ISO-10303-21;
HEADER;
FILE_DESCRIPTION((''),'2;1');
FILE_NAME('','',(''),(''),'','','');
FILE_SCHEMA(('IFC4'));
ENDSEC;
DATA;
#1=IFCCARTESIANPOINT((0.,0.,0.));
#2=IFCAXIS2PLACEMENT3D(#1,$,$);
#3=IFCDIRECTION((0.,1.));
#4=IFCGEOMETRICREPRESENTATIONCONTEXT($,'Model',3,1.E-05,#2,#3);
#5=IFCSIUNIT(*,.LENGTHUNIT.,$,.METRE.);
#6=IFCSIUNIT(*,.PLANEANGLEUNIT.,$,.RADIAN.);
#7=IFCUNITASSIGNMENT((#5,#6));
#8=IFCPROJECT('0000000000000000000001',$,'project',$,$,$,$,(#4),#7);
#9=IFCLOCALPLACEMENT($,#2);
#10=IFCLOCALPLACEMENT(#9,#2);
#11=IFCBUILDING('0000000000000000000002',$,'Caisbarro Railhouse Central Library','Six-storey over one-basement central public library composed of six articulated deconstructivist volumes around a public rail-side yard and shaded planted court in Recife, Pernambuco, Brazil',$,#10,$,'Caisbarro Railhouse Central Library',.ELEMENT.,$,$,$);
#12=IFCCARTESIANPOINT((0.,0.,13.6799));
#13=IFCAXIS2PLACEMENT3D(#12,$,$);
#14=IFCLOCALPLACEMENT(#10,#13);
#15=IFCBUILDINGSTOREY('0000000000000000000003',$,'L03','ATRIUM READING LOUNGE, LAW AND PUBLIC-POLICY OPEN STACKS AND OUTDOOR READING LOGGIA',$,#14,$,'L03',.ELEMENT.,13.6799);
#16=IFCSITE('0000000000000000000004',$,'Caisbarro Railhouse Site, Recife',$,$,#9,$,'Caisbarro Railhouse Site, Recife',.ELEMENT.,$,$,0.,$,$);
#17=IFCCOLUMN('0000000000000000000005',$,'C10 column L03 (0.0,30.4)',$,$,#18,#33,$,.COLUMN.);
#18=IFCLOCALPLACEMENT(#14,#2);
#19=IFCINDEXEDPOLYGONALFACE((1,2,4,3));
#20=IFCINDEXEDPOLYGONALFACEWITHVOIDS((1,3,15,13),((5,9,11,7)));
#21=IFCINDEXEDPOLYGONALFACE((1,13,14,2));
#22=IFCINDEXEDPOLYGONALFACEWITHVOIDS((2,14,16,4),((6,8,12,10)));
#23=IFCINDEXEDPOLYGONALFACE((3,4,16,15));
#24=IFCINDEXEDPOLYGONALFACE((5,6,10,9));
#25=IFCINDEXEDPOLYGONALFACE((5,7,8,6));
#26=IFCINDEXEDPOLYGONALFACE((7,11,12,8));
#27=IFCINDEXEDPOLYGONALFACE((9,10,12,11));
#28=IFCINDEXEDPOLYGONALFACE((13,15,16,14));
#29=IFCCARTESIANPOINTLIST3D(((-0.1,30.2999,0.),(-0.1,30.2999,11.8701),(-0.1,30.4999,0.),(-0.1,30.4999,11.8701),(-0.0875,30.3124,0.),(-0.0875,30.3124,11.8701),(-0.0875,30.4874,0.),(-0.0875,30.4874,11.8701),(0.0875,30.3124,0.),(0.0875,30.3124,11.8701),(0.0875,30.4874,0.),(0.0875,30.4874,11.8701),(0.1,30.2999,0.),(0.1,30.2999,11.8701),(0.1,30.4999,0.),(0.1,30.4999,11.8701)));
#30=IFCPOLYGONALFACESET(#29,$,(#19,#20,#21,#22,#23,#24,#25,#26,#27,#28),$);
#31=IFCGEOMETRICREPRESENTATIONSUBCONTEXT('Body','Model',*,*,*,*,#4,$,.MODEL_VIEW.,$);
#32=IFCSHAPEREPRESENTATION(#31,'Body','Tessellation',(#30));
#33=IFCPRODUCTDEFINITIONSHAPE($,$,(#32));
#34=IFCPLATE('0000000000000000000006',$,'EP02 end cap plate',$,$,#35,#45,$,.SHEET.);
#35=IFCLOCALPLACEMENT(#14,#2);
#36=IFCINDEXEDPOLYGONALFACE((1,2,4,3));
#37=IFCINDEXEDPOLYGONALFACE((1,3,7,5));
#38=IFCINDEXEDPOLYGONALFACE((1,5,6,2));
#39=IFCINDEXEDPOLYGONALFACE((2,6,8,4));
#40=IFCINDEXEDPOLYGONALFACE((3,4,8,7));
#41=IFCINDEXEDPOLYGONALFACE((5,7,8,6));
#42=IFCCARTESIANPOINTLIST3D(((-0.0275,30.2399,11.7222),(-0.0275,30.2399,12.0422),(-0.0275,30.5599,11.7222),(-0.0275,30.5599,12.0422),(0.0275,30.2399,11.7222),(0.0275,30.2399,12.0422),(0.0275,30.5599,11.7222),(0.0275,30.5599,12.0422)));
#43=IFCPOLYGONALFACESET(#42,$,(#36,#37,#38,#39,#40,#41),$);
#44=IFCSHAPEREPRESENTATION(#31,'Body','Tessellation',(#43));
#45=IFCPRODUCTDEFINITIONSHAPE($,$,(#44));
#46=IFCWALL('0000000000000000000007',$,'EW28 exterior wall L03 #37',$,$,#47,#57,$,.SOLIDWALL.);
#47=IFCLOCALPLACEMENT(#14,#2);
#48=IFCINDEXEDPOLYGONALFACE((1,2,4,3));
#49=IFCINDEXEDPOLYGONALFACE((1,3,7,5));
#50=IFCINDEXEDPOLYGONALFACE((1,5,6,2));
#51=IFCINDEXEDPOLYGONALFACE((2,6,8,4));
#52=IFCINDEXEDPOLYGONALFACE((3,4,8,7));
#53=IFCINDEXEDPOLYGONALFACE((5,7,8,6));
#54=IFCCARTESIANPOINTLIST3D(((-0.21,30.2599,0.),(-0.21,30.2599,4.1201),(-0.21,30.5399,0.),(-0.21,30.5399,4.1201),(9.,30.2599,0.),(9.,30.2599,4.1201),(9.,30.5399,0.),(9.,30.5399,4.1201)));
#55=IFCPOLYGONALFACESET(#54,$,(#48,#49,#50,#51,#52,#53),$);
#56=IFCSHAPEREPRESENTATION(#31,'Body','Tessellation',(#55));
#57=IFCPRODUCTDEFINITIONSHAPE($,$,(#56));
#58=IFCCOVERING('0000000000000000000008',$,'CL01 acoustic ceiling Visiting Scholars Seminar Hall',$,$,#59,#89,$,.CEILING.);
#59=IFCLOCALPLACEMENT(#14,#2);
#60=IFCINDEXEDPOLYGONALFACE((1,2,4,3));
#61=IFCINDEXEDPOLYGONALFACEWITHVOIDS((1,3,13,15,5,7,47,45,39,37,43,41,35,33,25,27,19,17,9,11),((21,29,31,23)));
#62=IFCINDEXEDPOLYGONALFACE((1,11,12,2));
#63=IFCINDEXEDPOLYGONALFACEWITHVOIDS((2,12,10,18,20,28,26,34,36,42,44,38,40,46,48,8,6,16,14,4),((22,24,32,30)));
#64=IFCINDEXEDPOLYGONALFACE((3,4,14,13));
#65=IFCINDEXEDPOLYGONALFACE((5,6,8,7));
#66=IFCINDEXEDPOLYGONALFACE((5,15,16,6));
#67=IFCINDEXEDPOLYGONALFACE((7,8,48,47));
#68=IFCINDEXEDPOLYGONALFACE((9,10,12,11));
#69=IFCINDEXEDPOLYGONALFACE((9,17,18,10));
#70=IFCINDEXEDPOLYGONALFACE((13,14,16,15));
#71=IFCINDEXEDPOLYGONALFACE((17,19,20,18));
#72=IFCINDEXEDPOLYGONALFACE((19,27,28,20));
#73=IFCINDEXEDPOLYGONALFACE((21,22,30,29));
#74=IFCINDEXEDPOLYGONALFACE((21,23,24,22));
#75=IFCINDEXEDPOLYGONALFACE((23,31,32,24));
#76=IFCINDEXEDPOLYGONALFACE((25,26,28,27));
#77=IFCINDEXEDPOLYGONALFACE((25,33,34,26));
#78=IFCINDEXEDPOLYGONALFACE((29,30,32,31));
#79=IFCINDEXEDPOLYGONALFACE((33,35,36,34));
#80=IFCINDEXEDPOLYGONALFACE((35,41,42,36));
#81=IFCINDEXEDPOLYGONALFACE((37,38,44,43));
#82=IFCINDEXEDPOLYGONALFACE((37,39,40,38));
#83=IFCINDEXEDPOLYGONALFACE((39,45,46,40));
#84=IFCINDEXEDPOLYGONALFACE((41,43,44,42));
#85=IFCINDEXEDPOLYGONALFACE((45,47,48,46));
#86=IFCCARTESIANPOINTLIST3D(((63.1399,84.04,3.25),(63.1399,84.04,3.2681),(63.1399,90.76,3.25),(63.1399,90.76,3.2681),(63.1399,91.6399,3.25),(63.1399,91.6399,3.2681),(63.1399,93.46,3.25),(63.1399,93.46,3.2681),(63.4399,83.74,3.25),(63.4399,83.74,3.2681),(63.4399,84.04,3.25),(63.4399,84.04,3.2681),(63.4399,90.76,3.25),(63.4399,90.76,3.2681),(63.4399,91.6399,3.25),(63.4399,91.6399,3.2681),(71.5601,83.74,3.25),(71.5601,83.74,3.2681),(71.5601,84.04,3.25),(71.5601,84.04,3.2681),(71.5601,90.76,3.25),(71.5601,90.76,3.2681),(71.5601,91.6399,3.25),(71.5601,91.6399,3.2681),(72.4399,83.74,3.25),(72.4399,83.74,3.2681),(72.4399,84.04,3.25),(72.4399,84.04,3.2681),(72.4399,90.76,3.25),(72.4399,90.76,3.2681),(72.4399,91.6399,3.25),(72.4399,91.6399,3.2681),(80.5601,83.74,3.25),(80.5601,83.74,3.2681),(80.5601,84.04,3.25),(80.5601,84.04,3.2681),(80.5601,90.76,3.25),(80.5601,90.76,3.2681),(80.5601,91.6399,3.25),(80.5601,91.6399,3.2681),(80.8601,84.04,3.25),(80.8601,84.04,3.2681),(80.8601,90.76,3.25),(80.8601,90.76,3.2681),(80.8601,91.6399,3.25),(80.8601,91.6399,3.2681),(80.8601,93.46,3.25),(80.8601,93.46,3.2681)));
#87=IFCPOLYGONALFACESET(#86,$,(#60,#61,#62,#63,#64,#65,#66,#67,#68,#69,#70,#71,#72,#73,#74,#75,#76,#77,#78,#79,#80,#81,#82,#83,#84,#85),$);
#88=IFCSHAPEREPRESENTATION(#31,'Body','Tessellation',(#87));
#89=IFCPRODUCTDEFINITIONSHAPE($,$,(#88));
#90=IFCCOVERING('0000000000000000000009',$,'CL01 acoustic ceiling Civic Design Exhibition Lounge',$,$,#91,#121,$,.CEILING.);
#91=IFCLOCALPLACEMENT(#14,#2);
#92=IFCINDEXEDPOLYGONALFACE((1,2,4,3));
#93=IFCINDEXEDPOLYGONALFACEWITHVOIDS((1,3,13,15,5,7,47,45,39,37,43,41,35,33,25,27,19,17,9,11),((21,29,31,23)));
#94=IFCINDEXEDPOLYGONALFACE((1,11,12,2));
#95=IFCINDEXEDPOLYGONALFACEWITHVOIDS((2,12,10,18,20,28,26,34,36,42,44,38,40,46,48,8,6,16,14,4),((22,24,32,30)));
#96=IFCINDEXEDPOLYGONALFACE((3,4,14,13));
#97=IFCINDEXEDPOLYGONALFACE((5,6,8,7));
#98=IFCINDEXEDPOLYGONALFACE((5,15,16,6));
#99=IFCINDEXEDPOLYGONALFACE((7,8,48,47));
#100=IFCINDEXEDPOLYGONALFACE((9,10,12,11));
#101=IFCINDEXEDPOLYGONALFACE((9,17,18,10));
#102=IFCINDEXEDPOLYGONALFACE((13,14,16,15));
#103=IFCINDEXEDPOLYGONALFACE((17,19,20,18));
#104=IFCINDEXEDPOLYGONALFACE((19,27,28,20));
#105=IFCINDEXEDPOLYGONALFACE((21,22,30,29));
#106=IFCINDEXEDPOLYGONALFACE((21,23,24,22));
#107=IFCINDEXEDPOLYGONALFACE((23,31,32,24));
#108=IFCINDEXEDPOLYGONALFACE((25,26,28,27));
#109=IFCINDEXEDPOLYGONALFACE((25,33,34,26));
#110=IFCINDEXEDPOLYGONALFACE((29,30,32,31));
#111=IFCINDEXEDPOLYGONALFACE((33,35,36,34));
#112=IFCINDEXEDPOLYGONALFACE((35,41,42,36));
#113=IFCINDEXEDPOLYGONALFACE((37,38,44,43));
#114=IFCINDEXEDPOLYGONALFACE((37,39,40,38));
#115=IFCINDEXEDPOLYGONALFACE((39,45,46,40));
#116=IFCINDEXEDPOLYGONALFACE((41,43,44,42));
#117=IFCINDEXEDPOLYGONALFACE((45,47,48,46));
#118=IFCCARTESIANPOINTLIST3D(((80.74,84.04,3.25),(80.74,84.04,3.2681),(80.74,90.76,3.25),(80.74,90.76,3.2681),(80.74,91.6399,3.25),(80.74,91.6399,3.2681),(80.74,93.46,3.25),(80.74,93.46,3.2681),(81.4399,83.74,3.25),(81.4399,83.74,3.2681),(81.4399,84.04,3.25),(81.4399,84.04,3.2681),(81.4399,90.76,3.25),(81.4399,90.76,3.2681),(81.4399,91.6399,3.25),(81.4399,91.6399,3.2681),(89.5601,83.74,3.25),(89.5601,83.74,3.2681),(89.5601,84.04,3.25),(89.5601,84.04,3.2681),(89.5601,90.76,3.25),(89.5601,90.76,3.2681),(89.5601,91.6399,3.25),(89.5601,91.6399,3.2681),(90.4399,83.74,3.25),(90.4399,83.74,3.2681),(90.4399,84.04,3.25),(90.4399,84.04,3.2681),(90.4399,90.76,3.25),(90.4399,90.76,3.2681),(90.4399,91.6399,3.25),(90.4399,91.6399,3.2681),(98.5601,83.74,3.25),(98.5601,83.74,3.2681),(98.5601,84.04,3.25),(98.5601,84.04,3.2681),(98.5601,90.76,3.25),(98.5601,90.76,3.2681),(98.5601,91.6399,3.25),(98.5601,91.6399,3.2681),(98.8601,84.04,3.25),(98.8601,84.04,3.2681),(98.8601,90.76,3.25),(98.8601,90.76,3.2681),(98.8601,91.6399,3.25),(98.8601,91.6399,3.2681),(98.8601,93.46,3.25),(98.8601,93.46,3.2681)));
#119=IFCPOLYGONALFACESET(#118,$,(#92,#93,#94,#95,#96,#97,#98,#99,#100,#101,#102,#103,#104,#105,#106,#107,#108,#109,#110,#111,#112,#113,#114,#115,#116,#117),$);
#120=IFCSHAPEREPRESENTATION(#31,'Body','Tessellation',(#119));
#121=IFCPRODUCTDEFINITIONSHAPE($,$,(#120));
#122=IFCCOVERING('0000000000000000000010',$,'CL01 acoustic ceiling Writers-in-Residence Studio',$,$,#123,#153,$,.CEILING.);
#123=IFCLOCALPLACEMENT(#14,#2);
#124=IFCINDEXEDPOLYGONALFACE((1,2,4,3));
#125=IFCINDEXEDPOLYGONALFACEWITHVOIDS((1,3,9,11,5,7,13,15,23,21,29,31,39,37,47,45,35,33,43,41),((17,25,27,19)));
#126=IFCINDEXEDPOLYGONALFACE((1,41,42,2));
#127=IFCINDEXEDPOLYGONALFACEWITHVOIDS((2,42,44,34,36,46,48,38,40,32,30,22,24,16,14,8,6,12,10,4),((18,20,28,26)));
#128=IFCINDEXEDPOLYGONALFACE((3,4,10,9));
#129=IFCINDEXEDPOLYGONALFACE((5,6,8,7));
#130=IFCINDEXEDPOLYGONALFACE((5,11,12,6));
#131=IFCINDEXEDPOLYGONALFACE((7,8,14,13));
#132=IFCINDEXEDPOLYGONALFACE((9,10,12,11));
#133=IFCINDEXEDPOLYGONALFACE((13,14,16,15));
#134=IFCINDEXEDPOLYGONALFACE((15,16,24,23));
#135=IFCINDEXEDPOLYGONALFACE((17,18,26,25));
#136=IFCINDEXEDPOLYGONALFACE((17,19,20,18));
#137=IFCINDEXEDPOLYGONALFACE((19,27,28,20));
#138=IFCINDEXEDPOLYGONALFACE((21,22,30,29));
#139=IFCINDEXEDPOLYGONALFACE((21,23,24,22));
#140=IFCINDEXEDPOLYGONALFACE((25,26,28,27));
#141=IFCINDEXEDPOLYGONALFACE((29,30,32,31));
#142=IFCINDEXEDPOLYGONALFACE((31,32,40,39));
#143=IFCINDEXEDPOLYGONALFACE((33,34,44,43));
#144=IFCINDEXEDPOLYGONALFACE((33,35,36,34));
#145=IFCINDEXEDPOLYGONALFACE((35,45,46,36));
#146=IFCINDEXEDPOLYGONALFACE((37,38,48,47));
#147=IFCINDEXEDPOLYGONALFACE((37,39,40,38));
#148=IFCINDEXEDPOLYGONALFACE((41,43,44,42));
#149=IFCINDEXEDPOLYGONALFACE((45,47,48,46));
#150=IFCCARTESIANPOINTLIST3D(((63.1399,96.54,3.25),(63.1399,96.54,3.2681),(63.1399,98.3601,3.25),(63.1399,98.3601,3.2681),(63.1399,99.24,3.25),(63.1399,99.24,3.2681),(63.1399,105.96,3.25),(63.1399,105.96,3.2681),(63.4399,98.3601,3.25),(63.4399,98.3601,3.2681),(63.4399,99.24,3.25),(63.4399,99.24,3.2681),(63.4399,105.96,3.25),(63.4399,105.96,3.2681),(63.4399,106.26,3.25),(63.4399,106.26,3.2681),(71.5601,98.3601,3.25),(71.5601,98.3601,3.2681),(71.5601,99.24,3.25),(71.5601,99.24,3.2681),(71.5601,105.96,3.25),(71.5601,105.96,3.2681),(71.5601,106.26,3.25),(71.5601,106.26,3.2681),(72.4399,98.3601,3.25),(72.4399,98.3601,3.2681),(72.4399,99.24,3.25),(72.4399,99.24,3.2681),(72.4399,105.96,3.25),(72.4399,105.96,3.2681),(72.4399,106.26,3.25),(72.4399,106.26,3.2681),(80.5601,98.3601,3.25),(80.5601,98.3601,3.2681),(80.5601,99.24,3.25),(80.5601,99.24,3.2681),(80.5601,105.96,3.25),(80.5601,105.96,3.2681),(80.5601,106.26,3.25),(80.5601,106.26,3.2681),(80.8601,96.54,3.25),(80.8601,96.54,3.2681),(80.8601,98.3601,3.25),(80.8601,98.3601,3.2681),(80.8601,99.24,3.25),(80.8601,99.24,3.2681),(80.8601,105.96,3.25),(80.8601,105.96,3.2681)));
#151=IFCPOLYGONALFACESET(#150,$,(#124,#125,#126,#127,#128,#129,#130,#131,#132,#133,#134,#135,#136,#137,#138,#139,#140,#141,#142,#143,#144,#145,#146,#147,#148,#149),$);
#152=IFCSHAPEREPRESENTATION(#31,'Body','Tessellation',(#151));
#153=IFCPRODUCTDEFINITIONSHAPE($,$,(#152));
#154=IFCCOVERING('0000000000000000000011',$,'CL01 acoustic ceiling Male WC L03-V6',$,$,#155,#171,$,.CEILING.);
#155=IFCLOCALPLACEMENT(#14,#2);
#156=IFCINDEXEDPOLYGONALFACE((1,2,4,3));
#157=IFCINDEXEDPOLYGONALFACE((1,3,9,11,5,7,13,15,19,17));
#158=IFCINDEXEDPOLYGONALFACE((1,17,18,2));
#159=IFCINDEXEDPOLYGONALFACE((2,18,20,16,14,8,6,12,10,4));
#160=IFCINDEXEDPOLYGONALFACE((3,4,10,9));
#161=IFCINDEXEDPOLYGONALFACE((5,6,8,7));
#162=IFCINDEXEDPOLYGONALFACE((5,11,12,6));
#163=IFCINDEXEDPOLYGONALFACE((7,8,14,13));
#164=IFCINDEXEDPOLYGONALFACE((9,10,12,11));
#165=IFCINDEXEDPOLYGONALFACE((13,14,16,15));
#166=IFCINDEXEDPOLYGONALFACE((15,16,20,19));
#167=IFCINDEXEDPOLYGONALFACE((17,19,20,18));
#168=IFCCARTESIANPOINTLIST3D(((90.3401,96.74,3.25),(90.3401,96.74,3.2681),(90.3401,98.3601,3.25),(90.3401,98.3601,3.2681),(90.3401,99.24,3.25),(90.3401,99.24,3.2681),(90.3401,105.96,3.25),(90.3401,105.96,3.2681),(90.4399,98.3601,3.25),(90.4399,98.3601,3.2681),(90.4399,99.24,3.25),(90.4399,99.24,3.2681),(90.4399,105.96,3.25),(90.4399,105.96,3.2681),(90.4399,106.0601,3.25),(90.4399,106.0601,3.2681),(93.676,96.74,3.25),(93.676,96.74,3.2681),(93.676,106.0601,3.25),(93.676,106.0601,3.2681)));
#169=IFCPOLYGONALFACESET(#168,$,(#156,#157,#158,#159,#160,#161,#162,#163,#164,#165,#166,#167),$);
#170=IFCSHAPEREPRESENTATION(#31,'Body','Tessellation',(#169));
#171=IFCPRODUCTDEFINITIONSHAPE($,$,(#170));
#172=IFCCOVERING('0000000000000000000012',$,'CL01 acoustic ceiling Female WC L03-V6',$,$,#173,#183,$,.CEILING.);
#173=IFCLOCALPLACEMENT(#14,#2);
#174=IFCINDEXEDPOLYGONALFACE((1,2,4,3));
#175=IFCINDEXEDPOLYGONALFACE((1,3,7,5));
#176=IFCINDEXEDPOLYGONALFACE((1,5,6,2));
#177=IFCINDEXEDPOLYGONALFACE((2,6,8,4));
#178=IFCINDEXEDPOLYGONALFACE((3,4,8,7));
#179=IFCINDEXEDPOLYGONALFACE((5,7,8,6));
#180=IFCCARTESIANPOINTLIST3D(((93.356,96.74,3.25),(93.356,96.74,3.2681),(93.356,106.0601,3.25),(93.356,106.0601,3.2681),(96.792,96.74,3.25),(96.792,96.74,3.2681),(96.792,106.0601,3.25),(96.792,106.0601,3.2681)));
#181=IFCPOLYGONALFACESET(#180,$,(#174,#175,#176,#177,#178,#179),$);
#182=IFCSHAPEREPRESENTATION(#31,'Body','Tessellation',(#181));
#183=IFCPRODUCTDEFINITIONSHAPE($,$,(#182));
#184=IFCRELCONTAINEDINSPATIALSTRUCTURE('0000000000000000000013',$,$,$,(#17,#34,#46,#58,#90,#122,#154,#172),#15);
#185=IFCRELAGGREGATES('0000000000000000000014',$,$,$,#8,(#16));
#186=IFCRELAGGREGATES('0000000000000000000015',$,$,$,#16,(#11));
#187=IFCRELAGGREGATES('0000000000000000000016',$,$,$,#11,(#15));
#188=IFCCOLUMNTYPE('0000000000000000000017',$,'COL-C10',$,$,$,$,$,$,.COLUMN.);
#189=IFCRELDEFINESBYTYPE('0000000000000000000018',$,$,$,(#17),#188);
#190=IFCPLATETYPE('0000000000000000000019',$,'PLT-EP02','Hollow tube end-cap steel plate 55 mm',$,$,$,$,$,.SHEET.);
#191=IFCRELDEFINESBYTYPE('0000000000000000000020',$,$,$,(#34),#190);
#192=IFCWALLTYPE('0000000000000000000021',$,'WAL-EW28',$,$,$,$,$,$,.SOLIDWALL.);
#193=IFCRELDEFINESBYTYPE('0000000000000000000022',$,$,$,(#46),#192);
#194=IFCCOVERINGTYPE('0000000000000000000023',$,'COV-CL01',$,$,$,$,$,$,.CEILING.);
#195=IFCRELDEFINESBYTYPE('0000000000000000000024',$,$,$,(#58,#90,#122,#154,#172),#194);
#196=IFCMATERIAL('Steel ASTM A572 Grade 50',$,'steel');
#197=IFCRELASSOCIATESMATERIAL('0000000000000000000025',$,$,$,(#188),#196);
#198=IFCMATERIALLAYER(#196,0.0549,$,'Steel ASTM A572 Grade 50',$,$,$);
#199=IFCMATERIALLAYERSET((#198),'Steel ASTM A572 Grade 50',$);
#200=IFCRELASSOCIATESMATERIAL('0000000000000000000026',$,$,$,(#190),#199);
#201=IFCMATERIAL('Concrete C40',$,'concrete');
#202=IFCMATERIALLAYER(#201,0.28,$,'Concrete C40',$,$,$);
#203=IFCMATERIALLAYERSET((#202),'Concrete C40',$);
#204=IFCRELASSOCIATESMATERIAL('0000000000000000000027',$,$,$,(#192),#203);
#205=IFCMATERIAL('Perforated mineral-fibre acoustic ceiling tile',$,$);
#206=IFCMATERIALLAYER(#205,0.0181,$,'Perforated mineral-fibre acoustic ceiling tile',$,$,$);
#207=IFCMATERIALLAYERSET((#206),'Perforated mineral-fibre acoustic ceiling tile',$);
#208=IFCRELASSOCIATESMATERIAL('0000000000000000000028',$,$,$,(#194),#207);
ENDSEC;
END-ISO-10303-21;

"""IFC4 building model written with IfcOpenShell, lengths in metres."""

from ifc_helpers import new_model, si_unit, direction, frame, frame_2d, origin, origin_2d, place, context, subcontext, project, spatial, polyline, rectangle, hollow_rectangle, outline, extrude, material, layer, layer_set, material_profile, profile_set, type_object, element, save


model = new_model("IFC4")

# Units and contexts
model_context = context("Model", 3, precision=1e-05, world=origin(), true_north=direction((0.0, 1.0)))
body_context = subcontext(model_context, "Body", "Model", "MODEL_VIEW")
ifc_project = project(units=[si_unit("LENGTHUNIT", "METRE"), si_unit("PLANEANGLEUNIT", "RADIAN")], contexts=[model_context])

# Site, building, storey
site_placement = place(None, origin())
site = spatial("IfcSite", under=ifc_project, at=site_placement, Name="Caisbarro Railhouse Site, Recife", LongName="Caisbarro Railhouse Site, Recife", CompositionType="ELEMENT", RefElevation=0.0)
building_placement = place(site_placement, origin())
building = spatial("IfcBuilding", under=site, at=building_placement, Name="Caisbarro Railhouse Central Library", Description="Six-storey over one-basement central public library composed of six articulated deconstructivist volumes around a public rail-side yard and shaded planted court in Recife, Pernambuco, Brazil", LongName="Caisbarro Railhouse Central Library", CompositionType="ELEMENT")
storey_placement = place(building_placement, frame((0.0, 0.0, 13.6799)))
storey = spatial("IfcBuildingStorey", under=building, at=storey_placement, Name="L03", Description="ATRIUM READING LOUNGE, LAW AND PUBLIC-POLICY OPEN STACKS AND OUTDOOR READING LOGGIA", LongName="L03", CompositionType="ELEMENT", Elevation=13.6799)

# Column
ifc_material_1 = material(Name="Steel ASTM A572 Grade 50", Category="steel")
ifc_material_profile = material_profile(ifc_material_1, hollow_rectangle(XDim=0.2, YDim=0.2, WallThickness=0.0125, at=origin_2d()), Name="HSS200X200X12.5")
ifc_profile_set = profile_set([ifc_material_profile], Name="Steel ASTM A572 Grade 50")
column_type = type_object("IfcColumnType", Name="COL-C10", PredefinedType="COLUMN", material=ifc_profile_set)
column_placement = place(storey_placement, frame((0.0, 30.3999, 0.0), z_axis=(0.0, 0.0, 1.0), x_axis=(1.0, 0.0, 0.0)))
element("IfcColumn", 1, at=column_placement, inside=storey, type_object=column_type, Name="C10 column L03 (0.0,30.4)", PredefinedType="COLUMN", context=body_context, shape_type="SweptSolid", body=[
    extrude(hollow_rectangle(XDim=0.2, YDim=0.2, WallThickness=0.0125, at=origin_2d()), origin(), (0.0, 0.0, 1.0), 11.8701),
])

# Plate
ifc_layer_1 = layer(ifc_material_1, 0.0549, Name="Steel ASTM A572 Grade 50")
ifc_layer_set_1 = layer_set([ifc_layer_1], Name="Steel ASTM A572 Grade 50")
plate_type = type_object("IfcPlateType", Name="PLT-EP02", Description="Hollow tube end-cap steel plate 55 mm", PredefinedType="SHEET", material=ifc_layer_set_1)
plate_placement = place(storey_placement, frame((0.0, 30.3999, 11.7222), z_axis=(0.0, 0.0, 1.0), x_axis=(1.0, 0.0, 0.0)))
element("IfcPlate", 2, at=plate_placement, inside=storey, type_object=plate_type, Name="EP02 end cap plate", PredefinedType="SHEET", context=body_context, shape_type="SweptSolid", body=[
    extrude(rectangle(XDim=0.0549, YDim=0.3201, at=origin_2d()), origin(), (0.0, 0.0, 1.0), 0.3201),
])

# Wall
ifc_material_2 = material(Name="Concrete C40", Category="concrete")
ifc_layer_2 = layer(ifc_material_2, 0.28, Name="Concrete C40")
ifc_layer_set_2 = layer_set([ifc_layer_2], Name="Concrete C40")
wall_type = type_object("IfcWallType", Name="WAL-EW28", PredefinedType="SOLIDWALL", material=ifc_layer_set_2)
wall_placement = place(storey_placement, frame((-0.21, 30.3999, 0.0), z_axis=(0.0, 0.0, 1.0), x_axis=(1.0, 0.0, 0.0)))
element("IfcWall", 3, at=wall_placement, inside=storey, type_object=wall_type, Name="EW28 exterior wall L03 #37", PredefinedType="SOLIDWALL", context=body_context, shape_type="SweptSolid", body=[
    extrude(rectangle(XDim=9.21, YDim=0.28, at=frame_2d((4.605, 0.0))), origin(), (0.0, 0.0, 1.0), 4.1201),
])

# Coverings
ifc_material_3 = material(Name="Perforated mineral-fibre acoustic ceiling tile")
ifc_layer_3 = layer(ifc_material_3, 0.0181, Name="Perforated mineral-fibre acoustic ceiling tile")
ifc_layer_set_3 = layer_set([ifc_layer_3], Name="Perforated mineral-fibre acoustic ceiling tile")
covering_type_1 = type_object("IfcCoveringType", Name="COV-CL01", PredefinedType="CEILING", material=ifc_layer_set_3)
covering_1_placement = place(storey_placement, frame((0.0, 0.0, 3.25)))
element("IfcCovering", 4, at=covering_1_placement, inside=storey, type_object=covering_type_1, Name="CL01 acoustic ceiling Visiting Scholars Seminar Hall", PredefinedType="CEILING", context=body_context, shape_type="SweptSolid", body=[
    extrude(outline(polyline([(71.5601, 84.04), (71.5601, 83.74), (63.4399, 83.74), (63.4399, 84.04), (63.1399, 84.04), (63.1399, 90.76), (63.4399, 90.76), (63.4399, 91.6399), (63.1399, 91.6399), (63.1399, 93.46), (80.8601, 93.46), (80.8601, 91.6399), (80.5601, 91.6399), (80.5601, 90.76), (80.8601, 90.76), (80.8601, 84.04), (80.5601, 84.04), (80.5601, 83.74), (72.4399, 83.74), (72.4399, 84.04), (71.5601, 84.04)]), holes=[polyline([(71.5601, 90.76), (72.4399, 90.76), (72.4399, 91.6399), (71.5601, 91.6399), (71.5601, 90.76)])]), origin(), (0.0, 0.0, 1.0), 0.0181),
])
covering_2_placement = place(storey_placement, frame((0.0, 0.0, 3.25)))
element("IfcCovering", 5, at=covering_2_placement, inside=storey, type_object=covering_type_1, Name="CL01 acoustic ceiling Civic Design Exhibition Lounge", PredefinedType="CEILING", context=body_context, shape_type="SweptSolid", body=[
    extrude(outline(polyline([(89.5601, 84.04), (89.5601, 83.74), (81.4399, 83.74), (81.4399, 84.04), (80.74, 84.04), (80.74, 90.76), (81.4399, 90.76), (81.4399, 91.6399), (80.74, 91.6399), (80.74, 93.46), (98.8601, 93.46), (98.8601, 91.6399), (98.5601, 91.6399), (98.5601, 90.76), (98.8601, 90.76), (98.8601, 84.04), (98.5601, 84.04), (98.5601, 83.74), (90.4399, 83.74), (90.4399, 84.04), (89.5601, 84.04)]), holes=[polyline([(89.5601, 90.76), (90.4399, 90.76), (90.4399, 91.6399), (89.5601, 91.6399), (89.5601, 90.76)])]), origin(), (0.0, 0.0, 1.0), 0.0181),
])
covering_3_placement = place(storey_placement, frame((0.0, 0.0, 3.25)))
element("IfcCovering", 6, at=covering_3_placement, inside=storey, type_object=covering_type_1, Name="CL01 acoustic ceiling Writers-in-Residence Studio", PredefinedType="CEILING", context=body_context, shape_type="SweptSolid", body=[
    extrude(outline(polyline([(63.4399, 105.96), (63.4399, 106.26), (71.5601, 106.26), (71.5601, 105.96), (72.4399, 105.96), (72.4399, 106.26), (80.5601, 106.26), (80.5601, 105.96), (80.8601, 105.96), (80.8601, 99.24), (80.5601, 99.24), (80.5601, 98.3601), (80.8601, 98.3601), (80.8601, 96.54), (63.1399, 96.54), (63.1399, 98.3601), (63.4399, 98.3601), (63.4399, 99.24), (63.1399, 99.24), (63.1399, 105.96), (63.4399, 105.96)]), holes=[polyline([(72.4399, 98.3601), (72.4399, 99.24), (71.5601, 99.24), (71.5601, 98.3601), (72.4399, 98.3601)])]), origin(), (0.0, 0.0, 1.0), 0.0181),
])
covering_4_placement = place(storey_placement, frame((0.0, 0.0, 3.25)))
element("IfcCovering", 7, at=covering_4_placement, inside=storey, type_object=covering_type_1, Name="CL01 acoustic ceiling Male WC L03-V6", PredefinedType="CEILING", context=body_context, shape_type="SweptSolid", body=[
    extrude(outline(polyline([(90.4399, 98.3601), (90.4399, 99.24), (90.3401, 99.24), (90.3401, 105.96), (90.4399, 105.96), (90.4399, 106.0601), (93.676, 106.0601), (93.676, 96.74), (90.3401, 96.74), (90.3401, 98.3601), (90.4399, 98.3601)])), origin(), (0.0, 0.0, 1.0), 0.0181),
])
covering_5_placement = place(storey_placement, frame((0.0, 0.0, 3.25)))
element("IfcCovering", 8, at=covering_5_placement, inside=storey, type_object=covering_type_1, Name="CL01 acoustic ceiling Female WC L03-V6", PredefinedType="CEILING", context=body_context, shape_type="SweptSolid", body=[
    extrude(outline(polyline([(93.356, 96.74), (93.356, 106.0601), (96.792, 106.0601), (96.792, 96.74), (93.356, 96.74)])), origin(), (0.0, 0.0, 1.0), 0.0181),
])

save(model, "model.ifc")
